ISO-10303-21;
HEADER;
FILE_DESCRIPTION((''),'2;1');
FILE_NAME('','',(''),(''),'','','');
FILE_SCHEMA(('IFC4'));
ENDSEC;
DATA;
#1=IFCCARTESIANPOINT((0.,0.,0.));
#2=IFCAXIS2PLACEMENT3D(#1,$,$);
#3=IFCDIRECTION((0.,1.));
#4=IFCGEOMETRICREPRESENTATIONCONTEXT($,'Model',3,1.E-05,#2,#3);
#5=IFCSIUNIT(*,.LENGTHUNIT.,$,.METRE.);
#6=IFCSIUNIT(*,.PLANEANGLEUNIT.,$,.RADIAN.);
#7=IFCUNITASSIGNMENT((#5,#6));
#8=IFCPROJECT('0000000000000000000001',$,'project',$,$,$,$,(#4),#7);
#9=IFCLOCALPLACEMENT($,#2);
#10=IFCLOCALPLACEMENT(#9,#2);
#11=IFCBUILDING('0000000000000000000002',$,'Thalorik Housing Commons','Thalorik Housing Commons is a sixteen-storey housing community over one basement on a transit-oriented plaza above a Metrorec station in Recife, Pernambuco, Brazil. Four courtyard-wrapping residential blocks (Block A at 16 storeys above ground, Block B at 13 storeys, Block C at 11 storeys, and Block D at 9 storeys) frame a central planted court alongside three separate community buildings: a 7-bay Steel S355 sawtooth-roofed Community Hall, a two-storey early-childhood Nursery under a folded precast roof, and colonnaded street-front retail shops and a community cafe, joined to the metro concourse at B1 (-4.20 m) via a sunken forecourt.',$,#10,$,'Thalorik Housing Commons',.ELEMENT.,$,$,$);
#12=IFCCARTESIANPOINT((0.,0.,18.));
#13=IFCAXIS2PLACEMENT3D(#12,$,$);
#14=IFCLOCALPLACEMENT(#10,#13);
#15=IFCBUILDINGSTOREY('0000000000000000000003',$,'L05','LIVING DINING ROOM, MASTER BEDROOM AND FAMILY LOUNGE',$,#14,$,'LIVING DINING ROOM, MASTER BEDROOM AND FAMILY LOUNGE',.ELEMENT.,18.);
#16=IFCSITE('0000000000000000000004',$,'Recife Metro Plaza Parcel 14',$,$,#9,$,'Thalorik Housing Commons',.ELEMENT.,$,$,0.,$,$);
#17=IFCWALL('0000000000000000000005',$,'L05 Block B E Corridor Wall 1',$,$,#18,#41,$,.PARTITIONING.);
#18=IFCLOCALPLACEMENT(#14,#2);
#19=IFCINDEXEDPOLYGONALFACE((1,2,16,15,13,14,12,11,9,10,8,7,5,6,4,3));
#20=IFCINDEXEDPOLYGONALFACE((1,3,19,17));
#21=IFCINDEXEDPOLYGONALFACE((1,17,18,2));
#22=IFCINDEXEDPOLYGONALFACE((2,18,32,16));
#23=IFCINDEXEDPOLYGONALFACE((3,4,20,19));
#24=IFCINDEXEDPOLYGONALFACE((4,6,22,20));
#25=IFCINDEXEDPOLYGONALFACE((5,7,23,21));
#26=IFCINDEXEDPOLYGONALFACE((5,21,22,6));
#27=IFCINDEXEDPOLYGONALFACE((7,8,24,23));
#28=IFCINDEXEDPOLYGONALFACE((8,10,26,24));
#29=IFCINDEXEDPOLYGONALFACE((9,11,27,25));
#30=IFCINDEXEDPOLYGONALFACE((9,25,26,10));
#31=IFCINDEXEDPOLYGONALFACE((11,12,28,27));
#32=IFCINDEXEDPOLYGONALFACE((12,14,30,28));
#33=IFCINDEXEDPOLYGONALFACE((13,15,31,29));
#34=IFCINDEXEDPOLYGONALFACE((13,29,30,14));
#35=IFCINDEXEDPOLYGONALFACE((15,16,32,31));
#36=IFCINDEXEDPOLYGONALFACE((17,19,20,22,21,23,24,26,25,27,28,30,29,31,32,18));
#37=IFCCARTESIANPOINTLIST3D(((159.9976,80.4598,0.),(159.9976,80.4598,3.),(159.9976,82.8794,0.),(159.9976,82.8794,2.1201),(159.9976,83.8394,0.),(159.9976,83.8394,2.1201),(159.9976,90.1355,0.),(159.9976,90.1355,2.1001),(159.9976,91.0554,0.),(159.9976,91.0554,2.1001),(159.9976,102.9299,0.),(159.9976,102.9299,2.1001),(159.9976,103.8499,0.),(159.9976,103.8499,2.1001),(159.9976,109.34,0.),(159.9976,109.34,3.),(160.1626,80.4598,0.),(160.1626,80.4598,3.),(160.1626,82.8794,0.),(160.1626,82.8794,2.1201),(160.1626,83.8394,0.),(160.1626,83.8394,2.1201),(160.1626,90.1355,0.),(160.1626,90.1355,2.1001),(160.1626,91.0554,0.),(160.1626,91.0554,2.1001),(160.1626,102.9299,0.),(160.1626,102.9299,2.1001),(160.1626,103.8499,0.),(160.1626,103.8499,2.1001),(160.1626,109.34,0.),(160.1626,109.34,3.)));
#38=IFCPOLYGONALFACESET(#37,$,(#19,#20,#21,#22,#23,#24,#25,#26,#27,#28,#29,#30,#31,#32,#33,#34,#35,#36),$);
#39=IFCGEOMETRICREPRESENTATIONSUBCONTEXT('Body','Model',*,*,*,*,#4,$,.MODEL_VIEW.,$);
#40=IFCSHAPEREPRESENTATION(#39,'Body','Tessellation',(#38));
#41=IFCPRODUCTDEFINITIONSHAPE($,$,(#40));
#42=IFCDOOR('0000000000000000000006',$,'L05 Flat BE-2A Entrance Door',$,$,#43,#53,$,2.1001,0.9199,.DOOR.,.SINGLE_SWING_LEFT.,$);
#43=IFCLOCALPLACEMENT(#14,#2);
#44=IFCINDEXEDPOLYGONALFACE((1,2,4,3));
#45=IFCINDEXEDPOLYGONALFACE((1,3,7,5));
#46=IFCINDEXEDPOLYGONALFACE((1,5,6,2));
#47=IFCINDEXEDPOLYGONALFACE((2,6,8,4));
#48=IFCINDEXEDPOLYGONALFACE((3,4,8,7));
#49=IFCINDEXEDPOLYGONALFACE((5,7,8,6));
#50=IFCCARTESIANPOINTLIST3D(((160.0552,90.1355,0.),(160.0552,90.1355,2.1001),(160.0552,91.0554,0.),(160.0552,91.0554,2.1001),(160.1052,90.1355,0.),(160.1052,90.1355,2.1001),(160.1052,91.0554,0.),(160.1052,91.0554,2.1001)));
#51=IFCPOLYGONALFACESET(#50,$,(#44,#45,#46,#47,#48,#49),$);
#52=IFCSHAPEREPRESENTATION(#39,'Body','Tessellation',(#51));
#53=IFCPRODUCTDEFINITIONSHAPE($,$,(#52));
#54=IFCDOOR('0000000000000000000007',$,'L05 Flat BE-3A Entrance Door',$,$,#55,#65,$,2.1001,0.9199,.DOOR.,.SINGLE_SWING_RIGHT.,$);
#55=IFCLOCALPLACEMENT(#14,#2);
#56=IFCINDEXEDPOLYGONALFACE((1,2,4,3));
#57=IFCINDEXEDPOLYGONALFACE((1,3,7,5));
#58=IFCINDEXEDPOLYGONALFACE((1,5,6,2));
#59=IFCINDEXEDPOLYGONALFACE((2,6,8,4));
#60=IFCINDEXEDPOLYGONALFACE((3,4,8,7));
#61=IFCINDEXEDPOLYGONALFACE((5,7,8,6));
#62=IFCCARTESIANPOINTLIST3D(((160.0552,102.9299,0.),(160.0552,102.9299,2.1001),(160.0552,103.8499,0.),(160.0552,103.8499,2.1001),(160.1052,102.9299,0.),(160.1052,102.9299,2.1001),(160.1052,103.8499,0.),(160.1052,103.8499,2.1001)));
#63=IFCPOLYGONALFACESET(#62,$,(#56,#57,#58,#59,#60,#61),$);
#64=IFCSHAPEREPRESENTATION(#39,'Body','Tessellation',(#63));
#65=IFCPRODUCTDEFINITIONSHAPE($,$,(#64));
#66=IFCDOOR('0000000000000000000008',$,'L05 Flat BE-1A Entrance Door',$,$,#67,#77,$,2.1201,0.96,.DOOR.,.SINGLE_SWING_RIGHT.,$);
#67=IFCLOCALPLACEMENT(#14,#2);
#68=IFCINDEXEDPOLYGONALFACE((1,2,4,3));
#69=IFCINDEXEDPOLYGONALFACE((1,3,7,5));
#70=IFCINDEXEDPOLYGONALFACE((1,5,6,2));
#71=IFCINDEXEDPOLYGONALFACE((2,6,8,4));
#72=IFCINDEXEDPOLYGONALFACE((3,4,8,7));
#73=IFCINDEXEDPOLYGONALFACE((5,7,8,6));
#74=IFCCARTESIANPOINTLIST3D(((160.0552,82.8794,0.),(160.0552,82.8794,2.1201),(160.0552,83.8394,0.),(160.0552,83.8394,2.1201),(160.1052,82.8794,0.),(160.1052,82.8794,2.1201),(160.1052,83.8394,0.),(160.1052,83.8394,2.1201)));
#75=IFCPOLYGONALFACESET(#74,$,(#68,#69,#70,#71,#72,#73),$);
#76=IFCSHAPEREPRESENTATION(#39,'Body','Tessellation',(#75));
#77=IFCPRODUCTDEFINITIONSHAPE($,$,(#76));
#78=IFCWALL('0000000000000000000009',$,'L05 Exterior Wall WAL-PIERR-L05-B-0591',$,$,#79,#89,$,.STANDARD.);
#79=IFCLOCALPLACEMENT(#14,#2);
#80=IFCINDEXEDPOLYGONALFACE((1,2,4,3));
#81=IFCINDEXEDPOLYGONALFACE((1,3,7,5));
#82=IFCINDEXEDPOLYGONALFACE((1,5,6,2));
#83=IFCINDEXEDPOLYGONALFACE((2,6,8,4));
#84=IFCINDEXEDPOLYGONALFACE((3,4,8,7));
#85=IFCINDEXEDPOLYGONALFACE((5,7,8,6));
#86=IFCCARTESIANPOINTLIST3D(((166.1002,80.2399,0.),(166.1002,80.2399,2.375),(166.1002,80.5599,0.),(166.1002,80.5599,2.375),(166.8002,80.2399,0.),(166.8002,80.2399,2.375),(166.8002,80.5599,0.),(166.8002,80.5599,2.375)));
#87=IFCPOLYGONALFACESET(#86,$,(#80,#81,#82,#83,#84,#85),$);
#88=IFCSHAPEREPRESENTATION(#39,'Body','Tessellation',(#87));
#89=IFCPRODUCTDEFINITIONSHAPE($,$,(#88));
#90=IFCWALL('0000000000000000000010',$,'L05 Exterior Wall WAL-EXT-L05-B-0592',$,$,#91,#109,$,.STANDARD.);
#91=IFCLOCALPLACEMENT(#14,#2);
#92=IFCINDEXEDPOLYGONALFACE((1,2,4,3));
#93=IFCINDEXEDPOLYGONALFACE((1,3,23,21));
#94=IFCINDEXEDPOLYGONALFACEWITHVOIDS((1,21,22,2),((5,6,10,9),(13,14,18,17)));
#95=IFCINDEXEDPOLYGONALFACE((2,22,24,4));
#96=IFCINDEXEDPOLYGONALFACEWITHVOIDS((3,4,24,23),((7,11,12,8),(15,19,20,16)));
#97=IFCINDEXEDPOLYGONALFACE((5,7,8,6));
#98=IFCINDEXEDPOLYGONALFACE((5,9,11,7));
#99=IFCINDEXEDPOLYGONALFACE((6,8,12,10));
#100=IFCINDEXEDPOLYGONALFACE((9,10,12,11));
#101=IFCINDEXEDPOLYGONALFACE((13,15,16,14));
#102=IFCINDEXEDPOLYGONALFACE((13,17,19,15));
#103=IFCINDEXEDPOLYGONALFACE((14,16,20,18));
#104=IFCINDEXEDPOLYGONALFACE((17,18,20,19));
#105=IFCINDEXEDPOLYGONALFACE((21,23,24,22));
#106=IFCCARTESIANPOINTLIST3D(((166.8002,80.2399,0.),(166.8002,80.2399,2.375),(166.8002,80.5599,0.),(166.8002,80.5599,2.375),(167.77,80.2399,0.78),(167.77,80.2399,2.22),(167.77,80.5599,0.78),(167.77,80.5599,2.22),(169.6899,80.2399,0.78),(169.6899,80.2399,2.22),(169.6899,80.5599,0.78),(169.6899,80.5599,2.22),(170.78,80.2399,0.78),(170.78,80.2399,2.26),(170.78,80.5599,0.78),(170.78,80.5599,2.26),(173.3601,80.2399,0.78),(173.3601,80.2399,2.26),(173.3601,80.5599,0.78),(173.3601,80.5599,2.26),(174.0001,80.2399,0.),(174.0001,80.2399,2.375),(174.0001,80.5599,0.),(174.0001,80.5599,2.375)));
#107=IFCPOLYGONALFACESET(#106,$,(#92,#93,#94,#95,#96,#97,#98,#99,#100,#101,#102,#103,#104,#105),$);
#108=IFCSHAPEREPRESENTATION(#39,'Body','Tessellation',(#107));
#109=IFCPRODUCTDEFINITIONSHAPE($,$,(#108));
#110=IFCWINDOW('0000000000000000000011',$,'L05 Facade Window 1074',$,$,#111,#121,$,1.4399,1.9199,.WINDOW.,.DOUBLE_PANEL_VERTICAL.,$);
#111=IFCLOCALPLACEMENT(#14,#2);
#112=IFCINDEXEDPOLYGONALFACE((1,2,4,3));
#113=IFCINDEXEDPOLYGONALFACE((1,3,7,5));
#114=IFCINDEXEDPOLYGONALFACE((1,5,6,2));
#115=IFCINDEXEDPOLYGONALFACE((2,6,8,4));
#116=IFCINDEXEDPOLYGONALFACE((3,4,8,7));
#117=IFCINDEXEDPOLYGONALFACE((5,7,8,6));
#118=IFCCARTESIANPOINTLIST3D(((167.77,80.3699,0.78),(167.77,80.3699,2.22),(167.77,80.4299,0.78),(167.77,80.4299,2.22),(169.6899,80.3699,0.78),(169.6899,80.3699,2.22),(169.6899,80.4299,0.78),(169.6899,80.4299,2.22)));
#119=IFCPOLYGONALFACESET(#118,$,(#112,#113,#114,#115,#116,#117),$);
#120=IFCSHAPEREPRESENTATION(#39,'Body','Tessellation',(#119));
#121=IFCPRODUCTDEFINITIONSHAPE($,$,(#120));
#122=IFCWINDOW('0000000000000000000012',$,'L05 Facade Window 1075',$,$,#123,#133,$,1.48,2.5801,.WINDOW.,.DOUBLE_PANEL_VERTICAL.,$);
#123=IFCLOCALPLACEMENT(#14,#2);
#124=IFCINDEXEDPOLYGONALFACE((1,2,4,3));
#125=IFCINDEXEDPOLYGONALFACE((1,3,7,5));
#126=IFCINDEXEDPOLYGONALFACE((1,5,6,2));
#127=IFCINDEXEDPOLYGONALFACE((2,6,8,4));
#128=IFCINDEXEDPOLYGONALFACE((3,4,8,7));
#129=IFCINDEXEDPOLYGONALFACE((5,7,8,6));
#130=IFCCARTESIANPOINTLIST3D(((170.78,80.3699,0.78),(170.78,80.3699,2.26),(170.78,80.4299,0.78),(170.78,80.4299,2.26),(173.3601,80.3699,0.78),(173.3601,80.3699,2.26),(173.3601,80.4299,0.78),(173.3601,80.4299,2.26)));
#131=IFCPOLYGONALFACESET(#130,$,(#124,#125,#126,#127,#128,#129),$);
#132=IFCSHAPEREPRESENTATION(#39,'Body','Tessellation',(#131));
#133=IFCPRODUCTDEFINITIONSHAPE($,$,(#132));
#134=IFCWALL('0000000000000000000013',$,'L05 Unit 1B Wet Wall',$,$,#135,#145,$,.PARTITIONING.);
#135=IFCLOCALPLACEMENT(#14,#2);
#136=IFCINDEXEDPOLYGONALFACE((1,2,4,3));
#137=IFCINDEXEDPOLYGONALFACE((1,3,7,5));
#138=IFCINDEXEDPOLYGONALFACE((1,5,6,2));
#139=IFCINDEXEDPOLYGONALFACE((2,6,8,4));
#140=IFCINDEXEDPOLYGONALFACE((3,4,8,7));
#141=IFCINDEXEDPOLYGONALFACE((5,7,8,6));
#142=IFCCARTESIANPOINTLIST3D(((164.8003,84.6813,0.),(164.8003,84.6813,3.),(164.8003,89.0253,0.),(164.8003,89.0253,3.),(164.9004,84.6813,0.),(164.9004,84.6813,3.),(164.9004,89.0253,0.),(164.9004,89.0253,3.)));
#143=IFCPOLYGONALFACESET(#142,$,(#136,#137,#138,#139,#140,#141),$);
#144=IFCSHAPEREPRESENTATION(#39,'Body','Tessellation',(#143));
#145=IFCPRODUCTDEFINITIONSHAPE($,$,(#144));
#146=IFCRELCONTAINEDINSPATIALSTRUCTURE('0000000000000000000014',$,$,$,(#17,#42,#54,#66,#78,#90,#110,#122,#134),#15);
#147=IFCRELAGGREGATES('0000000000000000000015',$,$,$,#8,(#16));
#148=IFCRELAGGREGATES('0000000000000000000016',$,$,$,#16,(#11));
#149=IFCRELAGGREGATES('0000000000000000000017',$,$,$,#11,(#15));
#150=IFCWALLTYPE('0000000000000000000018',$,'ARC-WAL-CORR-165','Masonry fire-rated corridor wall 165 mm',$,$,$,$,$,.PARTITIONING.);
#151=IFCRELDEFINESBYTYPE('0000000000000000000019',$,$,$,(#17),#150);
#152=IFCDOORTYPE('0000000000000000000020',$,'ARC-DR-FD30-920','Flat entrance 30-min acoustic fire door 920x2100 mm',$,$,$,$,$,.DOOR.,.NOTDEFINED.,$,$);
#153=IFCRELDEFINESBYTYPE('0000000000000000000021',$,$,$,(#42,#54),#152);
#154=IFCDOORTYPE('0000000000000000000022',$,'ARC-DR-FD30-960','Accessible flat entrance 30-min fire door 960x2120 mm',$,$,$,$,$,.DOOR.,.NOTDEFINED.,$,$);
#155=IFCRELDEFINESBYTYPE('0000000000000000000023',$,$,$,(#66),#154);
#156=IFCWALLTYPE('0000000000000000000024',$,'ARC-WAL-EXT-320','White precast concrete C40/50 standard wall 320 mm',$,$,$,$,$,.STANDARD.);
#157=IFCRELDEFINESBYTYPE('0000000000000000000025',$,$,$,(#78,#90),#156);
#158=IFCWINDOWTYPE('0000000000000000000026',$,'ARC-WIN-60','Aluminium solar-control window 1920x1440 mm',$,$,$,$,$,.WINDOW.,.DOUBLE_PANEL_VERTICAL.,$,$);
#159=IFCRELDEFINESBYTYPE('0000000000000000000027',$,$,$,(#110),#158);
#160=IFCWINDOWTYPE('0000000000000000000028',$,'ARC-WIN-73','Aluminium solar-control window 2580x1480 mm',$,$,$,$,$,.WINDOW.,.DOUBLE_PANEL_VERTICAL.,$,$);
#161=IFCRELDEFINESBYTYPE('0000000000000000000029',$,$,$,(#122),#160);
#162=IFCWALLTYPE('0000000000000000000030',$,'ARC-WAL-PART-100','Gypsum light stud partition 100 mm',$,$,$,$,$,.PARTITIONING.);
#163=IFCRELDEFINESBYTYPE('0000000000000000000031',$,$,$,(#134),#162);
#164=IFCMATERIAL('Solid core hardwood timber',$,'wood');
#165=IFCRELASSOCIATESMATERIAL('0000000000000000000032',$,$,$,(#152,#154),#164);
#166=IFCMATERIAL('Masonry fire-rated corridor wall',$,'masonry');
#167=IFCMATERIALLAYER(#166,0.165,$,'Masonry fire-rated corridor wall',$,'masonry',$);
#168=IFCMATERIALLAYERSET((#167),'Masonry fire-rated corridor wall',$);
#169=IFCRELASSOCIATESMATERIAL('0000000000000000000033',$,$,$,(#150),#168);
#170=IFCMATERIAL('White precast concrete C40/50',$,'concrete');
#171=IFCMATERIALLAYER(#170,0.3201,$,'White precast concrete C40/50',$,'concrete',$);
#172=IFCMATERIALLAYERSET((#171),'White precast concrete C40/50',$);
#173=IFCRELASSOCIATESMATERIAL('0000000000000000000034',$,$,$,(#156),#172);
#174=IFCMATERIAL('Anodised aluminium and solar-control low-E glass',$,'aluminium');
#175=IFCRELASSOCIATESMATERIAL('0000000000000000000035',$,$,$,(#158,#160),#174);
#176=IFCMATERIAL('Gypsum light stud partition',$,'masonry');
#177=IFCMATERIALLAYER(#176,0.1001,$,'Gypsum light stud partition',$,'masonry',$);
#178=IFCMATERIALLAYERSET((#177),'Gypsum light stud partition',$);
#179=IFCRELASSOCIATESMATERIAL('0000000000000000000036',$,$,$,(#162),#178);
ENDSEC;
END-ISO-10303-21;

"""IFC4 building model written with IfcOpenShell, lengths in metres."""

from ifc_helpers import new_model, si_unit, direction, frame, frame_2d, origin, place, context, subcontext, project, spatial, rectangle, extrude, material, layer, layer_set, type_object, element, fill, save


model = new_model("IFC4")

# Units and contexts
model_context = context("Model", 3, precision=1e-05, world=origin(), true_north=direction((0.0, 1.0)))
body_context = subcontext(model_context, "Body", "Model", "MODEL_VIEW")
ifc_project = project(units=[si_unit("LENGTHUNIT", "METRE"), si_unit("PLANEANGLEUNIT", "RADIAN")], contexts=[model_context])

# Site, building, storey
site_placement = place(None, origin())
site = spatial("IfcSite", under=ifc_project, at=site_placement, Name="Recife Metro Plaza Parcel 14", LongName="Thalorik Housing Commons", CompositionType="ELEMENT", RefElevation=0.0)
building_placement = place(site_placement, origin())
building = spatial("IfcBuilding", under=site, at=building_placement, Name="Thalorik Housing Commons", Description="Thalorik Housing Commons is a sixteen-storey housing community over one basement on a transit-oriented plaza above a Metrorec station in Recife, Pernambuco, Brazil. Four courtyard-wrapping residential blocks (Block A at 16 storeys above ground, Block B at 13 storeys, Block C at 11 storeys, and Block D at 9 storeys) frame a central planted court alongside three separate community buildings: a 7-bay Steel S355 sawtooth-roofed Community Hall, a two-storey early-childhood Nursery under a folded precast roof, and colonnaded street-front retail shops and a community cafe, joined to the metro concourse at B1 (-4.20 m) via a sunken forecourt.", LongName="Thalorik Housing Commons", CompositionType="ELEMENT")
storey_placement = place(building_placement, frame((0.0, 0.0, 18.0)))
storey = spatial("IfcBuildingStorey", under=building, at=storey_placement, Name="L05", Description="LIVING DINING ROOM, MASTER BEDROOM AND FAMILY LOUNGE", LongName="LIVING DINING ROOM, MASTER BEDROOM AND FAMILY LOUNGE", CompositionType="ELEMENT", Elevation=18.0)

# Shared definitions
ifc_material_1 = material(Name="Anodised aluminium and solar-control low-E glass", Category="aluminium")

# Wall, openings, doors
ifc_material_2 = material(Name="Masonry fire-rated corridor wall", Category="masonry")
ifc_material_3 = material(Name="Solid core hardwood timber", Category="wood")
door_type_1 = type_object("IfcDoorType", Name="ARC-DR-FD30-920", Description="Flat entrance 30-min acoustic fire door 920x2100 mm", OperationType="NOTDEFINED", PredefinedType="DOOR", material=ifc_material_3)
door_type_2 = type_object("IfcDoorType", Name="ARC-DR-FD30-960", Description="Accessible flat entrance 30-min fire door 960x2120 mm", OperationType="NOTDEFINED", PredefinedType="DOOR", material=ifc_material_3)
ifc_layer_1 = layer(ifc_material_2, 0.165, Name="Masonry fire-rated corridor wall", Category="masonry")
ifc_layer_set_1 = layer_set([ifc_layer_1], Name="Masonry fire-rated corridor wall")
wall_type_1 = type_object("IfcWallType", Name="ARC-WAL-CORR-165", Description="Masonry fire-rated corridor wall 165 mm", PredefinedType="PARTITIONING", material=ifc_layer_set_1)
wall_1_placement = place(storey_placement, frame((160.0801, 80.46, 0.0), z_axis=(0.0, 0.0, 1.0), x_axis=(0.0, 1.0, 0.0)))
wall_1 = element("IfcWall", 1, at=wall_1_placement, inside=storey, type_object=wall_type_1, Name="L05 Block B E Corridor Wall 1", PredefinedType="PARTITIONING", context=body_context, shape_type="SweptSolid", body=[
    extrude(rectangle(XDim=28.8801, YDim=0.165, at=frame_2d((14.4399, 0.0))), origin(), (0.0, 0.0, 1.0), 3.0),
])
opening_1_placement = place(wall_1_placement, frame((2.4194, 0.0, 0.0)))
opening_1 = element("IfcOpeningElement", 2, at=opening_1_placement, cuts=wall_1, PredefinedType="OPENING", context=body_context, shape_type="SweptSolid", body=[
    extrude(rectangle(XDim=0.96, YDim=2.1201, at=frame_2d((0.48, 1.0601))), frame((0.0, 0.0925, 0.0), z_axis=(0.0, -1.0, 0.0), x_axis=(1.0, 0.0, 0.0)), (0.0, 0.0, 1.0), 0.1851),
])
opening_2_placement = place(wall_1_placement, frame((9.6755, 0.0, 0.0)))
opening_2 = element("IfcOpeningElement", 3, at=opening_2_placement, cuts=wall_1, PredefinedType="OPENING", context=body_context, shape_type="SweptSolid", body=[
    extrude(rectangle(XDim=0.9199, YDim=2.1001, at=frame_2d((0.46, 1.05))), frame((0.0, 0.0925, 0.0), z_axis=(0.0, -1.0, 0.0), x_axis=(1.0, 0.0, 0.0)), (0.0, 0.0, 1.0), 0.1851),
])
opening_3_placement = place(wall_1_placement, frame((22.47, 0.0, 0.0)))
opening_3 = element("IfcOpeningElement", 4, at=opening_3_placement, cuts=wall_1, PredefinedType="OPENING", context=body_context, shape_type="SweptSolid", body=[
    extrude(rectangle(XDim=0.9199, YDim=2.1001, at=frame_2d((0.46, 1.05))), frame((0.0, 0.0925, 0.0), z_axis=(0.0, -1.0, 0.0), x_axis=(1.0, 0.0, 0.0)), (0.0, 0.0, 1.0), 0.1851),
])
door_1_placement = place(opening_2_placement, origin())
door_1 = element("IfcDoor", 5, at=door_1_placement, inside=storey, type_object=door_type_1, Name="L05 Flat BE-2A Entrance Door", OperationType="SINGLE_SWING_LEFT", OverallHeight=2.1001, OverallWidth=0.9199, PredefinedType="DOOR", context=body_context, shape_type="SweptSolid", body=[
    extrude(rectangle(XDim=0.9199, YDim=2.1001, at=frame_2d((0.46, 1.05))), frame((0.0, 0.0249, 0.0), z_axis=(0.0, -1.0, 0.0), x_axis=(1.0, 0.0, 0.0)), (0.0, 0.0, 1.0), 0.05),
])
fill(opening_2, door_1)
door_2_placement = place(opening_3_placement, origin())
door_2 = element("IfcDoor", 6, at=door_2_placement, inside=storey, type_object=door_type_1, Name="L05 Flat BE-3A Entrance Door", OperationType="SINGLE_SWING_RIGHT", OverallHeight=2.1001, OverallWidth=0.9199, PredefinedType="DOOR", context=body_context, shape_type="SweptSolid", body=[
    extrude(rectangle(XDim=0.9199, YDim=2.1001, at=frame_2d((0.46, 1.05))), frame((0.0, 0.0249, 0.0), z_axis=(0.0, -1.0, 0.0), x_axis=(1.0, 0.0, 0.0)), (0.0, 0.0, 1.0), 0.05),
])
fill(opening_3, door_2)
door_3_placement = place(opening_1_placement, origin())
door_3 = element("IfcDoor", 7, at=door_3_placement, inside=storey, type_object=door_type_2, Name="L05 Flat BE-1A Entrance Door", OperationType="SINGLE_SWING_RIGHT", OverallHeight=2.1201, OverallWidth=0.96, PredefinedType="DOOR", context=body_context, shape_type="SweptSolid", body=[
    extrude(rectangle(XDim=0.96, YDim=2.1201, at=frame_2d((0.48, 1.0601))), frame((0.0, 0.0249, 0.0), z_axis=(0.0, -1.0, 0.0), x_axis=(1.0, 0.0, 0.0)), (0.0, 0.0, 1.0), 0.05),
])
fill(opening_1, door_3)

# Wall
ifc_material_4 = material(Name="White precast concrete C40/50", Category="concrete")
ifc_layer_2 = layer(ifc_material_4, 0.3201, Name="White precast concrete C40/50", Category="concrete")
ifc_layer_set_2 = layer_set([ifc_layer_2], Name="White precast concrete C40/50")
wall_type_2 = type_object("IfcWallType", Name="ARC-WAL-EXT-320", Description="White precast concrete C40/50 standard wall 320 mm", PredefinedType="STANDARD", material=ifc_layer_set_2)
wall_2_placement = place(storey_placement, frame((166.1001, 80.3999, 0.0), z_axis=(0.0, 0.0, 1.0), x_axis=(1.0, 0.0, 0.0)))
element("IfcWall", 8, at=wall_2_placement, inside=storey, type_object=wall_type_2, Name="L05 Exterior Wall WAL-PIERR-L05-B-0591", PredefinedType="STANDARD", context=body_context, shape_type="SweptSolid", body=[
    extrude(rectangle(XDim=0.7, YDim=0.3201, at=frame_2d((0.3501, 0.0))), origin(), (0.0, 0.0, 1.0), 2.375),
])

# Wall, openings, windows
wall_3_placement = place(storey_placement, frame((166.8, 80.3999, 0.0), z_axis=(0.0, 0.0, 1.0), x_axis=(1.0, 0.0, 0.0)))
wall_3 = element("IfcWall", 9, at=wall_3_placement, inside=storey, type_object=wall_type_2, Name="L05 Exterior Wall WAL-EXT-L05-B-0592", PredefinedType="STANDARD", context=body_context, shape_type="SweptSolid", body=[
    extrude(rectangle(XDim=7.2, YDim=0.3201, at=frame_2d((3.6001, 0.0))), origin(), (0.0, 0.0, 1.0), 2.375),
])
opening_4_placement = place(wall_3_placement, frame((0.97, 0.0, 0.78)))
opening_4 = element("IfcOpeningElement", 10, at=opening_4_placement, cuts=wall_3, PredefinedType="OPENING", context=body_context, shape_type="SweptSolid", body=[
    extrude(rectangle(XDim=1.9199, YDim=1.4399, at=frame_2d((0.96, 0.72))), frame((0.0, 0.1699, 0.0), z_axis=(0.0, -1.0, 0.0), x_axis=(1.0, 0.0, 0.0)), (0.0, 0.0, 1.0), 0.3401),
])
opening_5_placement = place(wall_3_placement, frame((3.98, 0.0, 0.78)))
opening_5 = element("IfcOpeningElement", 11, at=opening_5_placement, cuts=wall_3, PredefinedType="OPENING", context=body_context, shape_type="SweptSolid", body=[
    extrude(rectangle(XDim=2.5801, YDim=1.48, at=frame_2d((1.29, 0.74))), frame((0.0, 0.1699, 0.0), z_axis=(0.0, -1.0, 0.0), x_axis=(1.0, 0.0, 0.0)), (0.0, 0.0, 1.0), 0.3401),
])
window_type_1 = type_object("IfcWindowType", Name="ARC-WIN-60", Description="Aluminium solar-control window 1920x1440 mm", PartitioningType="DOUBLE_PANEL_VERTICAL", PredefinedType="WINDOW", material=ifc_material_1)
window_1_placement = place(opening_4_placement, origin())
window_1 = element("IfcWindow", 12, at=window_1_placement, inside=storey, type_object=window_type_1, Name="L05 Facade Window 1074", OverallHeight=1.4399, OverallWidth=1.9199, PartitioningType="DOUBLE_PANEL_VERTICAL", PredefinedType="WINDOW", context=body_context, shape_type="SweptSolid", body=[
    extrude(rectangle(XDim=1.9199, YDim=1.4399, at=frame_2d((0.96, 0.72))), frame((0.0, 0.03, 0.0), z_axis=(0.0, -1.0, 0.0), x_axis=(1.0, 0.0, 0.0)), (0.0, 0.0, 1.0), 0.0601),
])
fill(opening_4, window_1)
window_type_2 = type_object("IfcWindowType", Name="ARC-WIN-73", Description="Aluminium solar-control window 2580x1480 mm", PartitioningType="DOUBLE_PANEL_VERTICAL", PredefinedType="WINDOW", material=ifc_material_1)
window_2_placement = place(opening_5_placement, origin())
window_2 = element("IfcWindow", 13, at=window_2_placement, inside=storey, type_object=window_type_2, Name="L05 Facade Window 1075", OverallHeight=1.48, OverallWidth=2.5801, PartitioningType="DOUBLE_PANEL_VERTICAL", PredefinedType="WINDOW", context=body_context, shape_type="SweptSolid", body=[
    extrude(rectangle(XDim=2.5801, YDim=1.48, at=frame_2d((1.29, 0.74))), frame((0.0, 0.03, 0.0), z_axis=(0.0, -1.0, 0.0), x_axis=(1.0, 0.0, 0.0)), (0.0, 0.0, 1.0), 0.0601),
])
fill(opening_5, window_2)

# Wall
ifc_material_5 = material(Name="Gypsum light stud partition", Category="masonry")
ifc_layer_3 = layer(ifc_material_5, 0.1001, Name="Gypsum light stud partition", Category="masonry")
ifc_layer_set_3 = layer_set([ifc_layer_3], Name="Gypsum light stud partition")
wall_type_3 = type_object("IfcWallType", Name="ARC-WAL-PART-100", Description="Gypsum light stud partition 100 mm", PredefinedType="PARTITIONING", material=ifc_layer_set_3)
wall_4_placement = place(storey_placement, frame((164.8503, 84.6814, 0.0), z_axis=(0.0, 0.0, 1.0), x_axis=(0.0, 1.0, 0.0)))
element("IfcWall", 14, at=wall_4_placement, inside=storey, type_object=wall_type_3, Name="L05 Unit 1B Wet Wall", PredefinedType="PARTITIONING", context=body_context, shape_type="SweptSolid", body=[
    extrude(rectangle(XDim=4.344, YDim=0.1001, at=frame_2d((2.1719, 0.0))), origin(), (0.0, 0.0, 1.0), 3.0),
])

save(model, "model.ifc")
